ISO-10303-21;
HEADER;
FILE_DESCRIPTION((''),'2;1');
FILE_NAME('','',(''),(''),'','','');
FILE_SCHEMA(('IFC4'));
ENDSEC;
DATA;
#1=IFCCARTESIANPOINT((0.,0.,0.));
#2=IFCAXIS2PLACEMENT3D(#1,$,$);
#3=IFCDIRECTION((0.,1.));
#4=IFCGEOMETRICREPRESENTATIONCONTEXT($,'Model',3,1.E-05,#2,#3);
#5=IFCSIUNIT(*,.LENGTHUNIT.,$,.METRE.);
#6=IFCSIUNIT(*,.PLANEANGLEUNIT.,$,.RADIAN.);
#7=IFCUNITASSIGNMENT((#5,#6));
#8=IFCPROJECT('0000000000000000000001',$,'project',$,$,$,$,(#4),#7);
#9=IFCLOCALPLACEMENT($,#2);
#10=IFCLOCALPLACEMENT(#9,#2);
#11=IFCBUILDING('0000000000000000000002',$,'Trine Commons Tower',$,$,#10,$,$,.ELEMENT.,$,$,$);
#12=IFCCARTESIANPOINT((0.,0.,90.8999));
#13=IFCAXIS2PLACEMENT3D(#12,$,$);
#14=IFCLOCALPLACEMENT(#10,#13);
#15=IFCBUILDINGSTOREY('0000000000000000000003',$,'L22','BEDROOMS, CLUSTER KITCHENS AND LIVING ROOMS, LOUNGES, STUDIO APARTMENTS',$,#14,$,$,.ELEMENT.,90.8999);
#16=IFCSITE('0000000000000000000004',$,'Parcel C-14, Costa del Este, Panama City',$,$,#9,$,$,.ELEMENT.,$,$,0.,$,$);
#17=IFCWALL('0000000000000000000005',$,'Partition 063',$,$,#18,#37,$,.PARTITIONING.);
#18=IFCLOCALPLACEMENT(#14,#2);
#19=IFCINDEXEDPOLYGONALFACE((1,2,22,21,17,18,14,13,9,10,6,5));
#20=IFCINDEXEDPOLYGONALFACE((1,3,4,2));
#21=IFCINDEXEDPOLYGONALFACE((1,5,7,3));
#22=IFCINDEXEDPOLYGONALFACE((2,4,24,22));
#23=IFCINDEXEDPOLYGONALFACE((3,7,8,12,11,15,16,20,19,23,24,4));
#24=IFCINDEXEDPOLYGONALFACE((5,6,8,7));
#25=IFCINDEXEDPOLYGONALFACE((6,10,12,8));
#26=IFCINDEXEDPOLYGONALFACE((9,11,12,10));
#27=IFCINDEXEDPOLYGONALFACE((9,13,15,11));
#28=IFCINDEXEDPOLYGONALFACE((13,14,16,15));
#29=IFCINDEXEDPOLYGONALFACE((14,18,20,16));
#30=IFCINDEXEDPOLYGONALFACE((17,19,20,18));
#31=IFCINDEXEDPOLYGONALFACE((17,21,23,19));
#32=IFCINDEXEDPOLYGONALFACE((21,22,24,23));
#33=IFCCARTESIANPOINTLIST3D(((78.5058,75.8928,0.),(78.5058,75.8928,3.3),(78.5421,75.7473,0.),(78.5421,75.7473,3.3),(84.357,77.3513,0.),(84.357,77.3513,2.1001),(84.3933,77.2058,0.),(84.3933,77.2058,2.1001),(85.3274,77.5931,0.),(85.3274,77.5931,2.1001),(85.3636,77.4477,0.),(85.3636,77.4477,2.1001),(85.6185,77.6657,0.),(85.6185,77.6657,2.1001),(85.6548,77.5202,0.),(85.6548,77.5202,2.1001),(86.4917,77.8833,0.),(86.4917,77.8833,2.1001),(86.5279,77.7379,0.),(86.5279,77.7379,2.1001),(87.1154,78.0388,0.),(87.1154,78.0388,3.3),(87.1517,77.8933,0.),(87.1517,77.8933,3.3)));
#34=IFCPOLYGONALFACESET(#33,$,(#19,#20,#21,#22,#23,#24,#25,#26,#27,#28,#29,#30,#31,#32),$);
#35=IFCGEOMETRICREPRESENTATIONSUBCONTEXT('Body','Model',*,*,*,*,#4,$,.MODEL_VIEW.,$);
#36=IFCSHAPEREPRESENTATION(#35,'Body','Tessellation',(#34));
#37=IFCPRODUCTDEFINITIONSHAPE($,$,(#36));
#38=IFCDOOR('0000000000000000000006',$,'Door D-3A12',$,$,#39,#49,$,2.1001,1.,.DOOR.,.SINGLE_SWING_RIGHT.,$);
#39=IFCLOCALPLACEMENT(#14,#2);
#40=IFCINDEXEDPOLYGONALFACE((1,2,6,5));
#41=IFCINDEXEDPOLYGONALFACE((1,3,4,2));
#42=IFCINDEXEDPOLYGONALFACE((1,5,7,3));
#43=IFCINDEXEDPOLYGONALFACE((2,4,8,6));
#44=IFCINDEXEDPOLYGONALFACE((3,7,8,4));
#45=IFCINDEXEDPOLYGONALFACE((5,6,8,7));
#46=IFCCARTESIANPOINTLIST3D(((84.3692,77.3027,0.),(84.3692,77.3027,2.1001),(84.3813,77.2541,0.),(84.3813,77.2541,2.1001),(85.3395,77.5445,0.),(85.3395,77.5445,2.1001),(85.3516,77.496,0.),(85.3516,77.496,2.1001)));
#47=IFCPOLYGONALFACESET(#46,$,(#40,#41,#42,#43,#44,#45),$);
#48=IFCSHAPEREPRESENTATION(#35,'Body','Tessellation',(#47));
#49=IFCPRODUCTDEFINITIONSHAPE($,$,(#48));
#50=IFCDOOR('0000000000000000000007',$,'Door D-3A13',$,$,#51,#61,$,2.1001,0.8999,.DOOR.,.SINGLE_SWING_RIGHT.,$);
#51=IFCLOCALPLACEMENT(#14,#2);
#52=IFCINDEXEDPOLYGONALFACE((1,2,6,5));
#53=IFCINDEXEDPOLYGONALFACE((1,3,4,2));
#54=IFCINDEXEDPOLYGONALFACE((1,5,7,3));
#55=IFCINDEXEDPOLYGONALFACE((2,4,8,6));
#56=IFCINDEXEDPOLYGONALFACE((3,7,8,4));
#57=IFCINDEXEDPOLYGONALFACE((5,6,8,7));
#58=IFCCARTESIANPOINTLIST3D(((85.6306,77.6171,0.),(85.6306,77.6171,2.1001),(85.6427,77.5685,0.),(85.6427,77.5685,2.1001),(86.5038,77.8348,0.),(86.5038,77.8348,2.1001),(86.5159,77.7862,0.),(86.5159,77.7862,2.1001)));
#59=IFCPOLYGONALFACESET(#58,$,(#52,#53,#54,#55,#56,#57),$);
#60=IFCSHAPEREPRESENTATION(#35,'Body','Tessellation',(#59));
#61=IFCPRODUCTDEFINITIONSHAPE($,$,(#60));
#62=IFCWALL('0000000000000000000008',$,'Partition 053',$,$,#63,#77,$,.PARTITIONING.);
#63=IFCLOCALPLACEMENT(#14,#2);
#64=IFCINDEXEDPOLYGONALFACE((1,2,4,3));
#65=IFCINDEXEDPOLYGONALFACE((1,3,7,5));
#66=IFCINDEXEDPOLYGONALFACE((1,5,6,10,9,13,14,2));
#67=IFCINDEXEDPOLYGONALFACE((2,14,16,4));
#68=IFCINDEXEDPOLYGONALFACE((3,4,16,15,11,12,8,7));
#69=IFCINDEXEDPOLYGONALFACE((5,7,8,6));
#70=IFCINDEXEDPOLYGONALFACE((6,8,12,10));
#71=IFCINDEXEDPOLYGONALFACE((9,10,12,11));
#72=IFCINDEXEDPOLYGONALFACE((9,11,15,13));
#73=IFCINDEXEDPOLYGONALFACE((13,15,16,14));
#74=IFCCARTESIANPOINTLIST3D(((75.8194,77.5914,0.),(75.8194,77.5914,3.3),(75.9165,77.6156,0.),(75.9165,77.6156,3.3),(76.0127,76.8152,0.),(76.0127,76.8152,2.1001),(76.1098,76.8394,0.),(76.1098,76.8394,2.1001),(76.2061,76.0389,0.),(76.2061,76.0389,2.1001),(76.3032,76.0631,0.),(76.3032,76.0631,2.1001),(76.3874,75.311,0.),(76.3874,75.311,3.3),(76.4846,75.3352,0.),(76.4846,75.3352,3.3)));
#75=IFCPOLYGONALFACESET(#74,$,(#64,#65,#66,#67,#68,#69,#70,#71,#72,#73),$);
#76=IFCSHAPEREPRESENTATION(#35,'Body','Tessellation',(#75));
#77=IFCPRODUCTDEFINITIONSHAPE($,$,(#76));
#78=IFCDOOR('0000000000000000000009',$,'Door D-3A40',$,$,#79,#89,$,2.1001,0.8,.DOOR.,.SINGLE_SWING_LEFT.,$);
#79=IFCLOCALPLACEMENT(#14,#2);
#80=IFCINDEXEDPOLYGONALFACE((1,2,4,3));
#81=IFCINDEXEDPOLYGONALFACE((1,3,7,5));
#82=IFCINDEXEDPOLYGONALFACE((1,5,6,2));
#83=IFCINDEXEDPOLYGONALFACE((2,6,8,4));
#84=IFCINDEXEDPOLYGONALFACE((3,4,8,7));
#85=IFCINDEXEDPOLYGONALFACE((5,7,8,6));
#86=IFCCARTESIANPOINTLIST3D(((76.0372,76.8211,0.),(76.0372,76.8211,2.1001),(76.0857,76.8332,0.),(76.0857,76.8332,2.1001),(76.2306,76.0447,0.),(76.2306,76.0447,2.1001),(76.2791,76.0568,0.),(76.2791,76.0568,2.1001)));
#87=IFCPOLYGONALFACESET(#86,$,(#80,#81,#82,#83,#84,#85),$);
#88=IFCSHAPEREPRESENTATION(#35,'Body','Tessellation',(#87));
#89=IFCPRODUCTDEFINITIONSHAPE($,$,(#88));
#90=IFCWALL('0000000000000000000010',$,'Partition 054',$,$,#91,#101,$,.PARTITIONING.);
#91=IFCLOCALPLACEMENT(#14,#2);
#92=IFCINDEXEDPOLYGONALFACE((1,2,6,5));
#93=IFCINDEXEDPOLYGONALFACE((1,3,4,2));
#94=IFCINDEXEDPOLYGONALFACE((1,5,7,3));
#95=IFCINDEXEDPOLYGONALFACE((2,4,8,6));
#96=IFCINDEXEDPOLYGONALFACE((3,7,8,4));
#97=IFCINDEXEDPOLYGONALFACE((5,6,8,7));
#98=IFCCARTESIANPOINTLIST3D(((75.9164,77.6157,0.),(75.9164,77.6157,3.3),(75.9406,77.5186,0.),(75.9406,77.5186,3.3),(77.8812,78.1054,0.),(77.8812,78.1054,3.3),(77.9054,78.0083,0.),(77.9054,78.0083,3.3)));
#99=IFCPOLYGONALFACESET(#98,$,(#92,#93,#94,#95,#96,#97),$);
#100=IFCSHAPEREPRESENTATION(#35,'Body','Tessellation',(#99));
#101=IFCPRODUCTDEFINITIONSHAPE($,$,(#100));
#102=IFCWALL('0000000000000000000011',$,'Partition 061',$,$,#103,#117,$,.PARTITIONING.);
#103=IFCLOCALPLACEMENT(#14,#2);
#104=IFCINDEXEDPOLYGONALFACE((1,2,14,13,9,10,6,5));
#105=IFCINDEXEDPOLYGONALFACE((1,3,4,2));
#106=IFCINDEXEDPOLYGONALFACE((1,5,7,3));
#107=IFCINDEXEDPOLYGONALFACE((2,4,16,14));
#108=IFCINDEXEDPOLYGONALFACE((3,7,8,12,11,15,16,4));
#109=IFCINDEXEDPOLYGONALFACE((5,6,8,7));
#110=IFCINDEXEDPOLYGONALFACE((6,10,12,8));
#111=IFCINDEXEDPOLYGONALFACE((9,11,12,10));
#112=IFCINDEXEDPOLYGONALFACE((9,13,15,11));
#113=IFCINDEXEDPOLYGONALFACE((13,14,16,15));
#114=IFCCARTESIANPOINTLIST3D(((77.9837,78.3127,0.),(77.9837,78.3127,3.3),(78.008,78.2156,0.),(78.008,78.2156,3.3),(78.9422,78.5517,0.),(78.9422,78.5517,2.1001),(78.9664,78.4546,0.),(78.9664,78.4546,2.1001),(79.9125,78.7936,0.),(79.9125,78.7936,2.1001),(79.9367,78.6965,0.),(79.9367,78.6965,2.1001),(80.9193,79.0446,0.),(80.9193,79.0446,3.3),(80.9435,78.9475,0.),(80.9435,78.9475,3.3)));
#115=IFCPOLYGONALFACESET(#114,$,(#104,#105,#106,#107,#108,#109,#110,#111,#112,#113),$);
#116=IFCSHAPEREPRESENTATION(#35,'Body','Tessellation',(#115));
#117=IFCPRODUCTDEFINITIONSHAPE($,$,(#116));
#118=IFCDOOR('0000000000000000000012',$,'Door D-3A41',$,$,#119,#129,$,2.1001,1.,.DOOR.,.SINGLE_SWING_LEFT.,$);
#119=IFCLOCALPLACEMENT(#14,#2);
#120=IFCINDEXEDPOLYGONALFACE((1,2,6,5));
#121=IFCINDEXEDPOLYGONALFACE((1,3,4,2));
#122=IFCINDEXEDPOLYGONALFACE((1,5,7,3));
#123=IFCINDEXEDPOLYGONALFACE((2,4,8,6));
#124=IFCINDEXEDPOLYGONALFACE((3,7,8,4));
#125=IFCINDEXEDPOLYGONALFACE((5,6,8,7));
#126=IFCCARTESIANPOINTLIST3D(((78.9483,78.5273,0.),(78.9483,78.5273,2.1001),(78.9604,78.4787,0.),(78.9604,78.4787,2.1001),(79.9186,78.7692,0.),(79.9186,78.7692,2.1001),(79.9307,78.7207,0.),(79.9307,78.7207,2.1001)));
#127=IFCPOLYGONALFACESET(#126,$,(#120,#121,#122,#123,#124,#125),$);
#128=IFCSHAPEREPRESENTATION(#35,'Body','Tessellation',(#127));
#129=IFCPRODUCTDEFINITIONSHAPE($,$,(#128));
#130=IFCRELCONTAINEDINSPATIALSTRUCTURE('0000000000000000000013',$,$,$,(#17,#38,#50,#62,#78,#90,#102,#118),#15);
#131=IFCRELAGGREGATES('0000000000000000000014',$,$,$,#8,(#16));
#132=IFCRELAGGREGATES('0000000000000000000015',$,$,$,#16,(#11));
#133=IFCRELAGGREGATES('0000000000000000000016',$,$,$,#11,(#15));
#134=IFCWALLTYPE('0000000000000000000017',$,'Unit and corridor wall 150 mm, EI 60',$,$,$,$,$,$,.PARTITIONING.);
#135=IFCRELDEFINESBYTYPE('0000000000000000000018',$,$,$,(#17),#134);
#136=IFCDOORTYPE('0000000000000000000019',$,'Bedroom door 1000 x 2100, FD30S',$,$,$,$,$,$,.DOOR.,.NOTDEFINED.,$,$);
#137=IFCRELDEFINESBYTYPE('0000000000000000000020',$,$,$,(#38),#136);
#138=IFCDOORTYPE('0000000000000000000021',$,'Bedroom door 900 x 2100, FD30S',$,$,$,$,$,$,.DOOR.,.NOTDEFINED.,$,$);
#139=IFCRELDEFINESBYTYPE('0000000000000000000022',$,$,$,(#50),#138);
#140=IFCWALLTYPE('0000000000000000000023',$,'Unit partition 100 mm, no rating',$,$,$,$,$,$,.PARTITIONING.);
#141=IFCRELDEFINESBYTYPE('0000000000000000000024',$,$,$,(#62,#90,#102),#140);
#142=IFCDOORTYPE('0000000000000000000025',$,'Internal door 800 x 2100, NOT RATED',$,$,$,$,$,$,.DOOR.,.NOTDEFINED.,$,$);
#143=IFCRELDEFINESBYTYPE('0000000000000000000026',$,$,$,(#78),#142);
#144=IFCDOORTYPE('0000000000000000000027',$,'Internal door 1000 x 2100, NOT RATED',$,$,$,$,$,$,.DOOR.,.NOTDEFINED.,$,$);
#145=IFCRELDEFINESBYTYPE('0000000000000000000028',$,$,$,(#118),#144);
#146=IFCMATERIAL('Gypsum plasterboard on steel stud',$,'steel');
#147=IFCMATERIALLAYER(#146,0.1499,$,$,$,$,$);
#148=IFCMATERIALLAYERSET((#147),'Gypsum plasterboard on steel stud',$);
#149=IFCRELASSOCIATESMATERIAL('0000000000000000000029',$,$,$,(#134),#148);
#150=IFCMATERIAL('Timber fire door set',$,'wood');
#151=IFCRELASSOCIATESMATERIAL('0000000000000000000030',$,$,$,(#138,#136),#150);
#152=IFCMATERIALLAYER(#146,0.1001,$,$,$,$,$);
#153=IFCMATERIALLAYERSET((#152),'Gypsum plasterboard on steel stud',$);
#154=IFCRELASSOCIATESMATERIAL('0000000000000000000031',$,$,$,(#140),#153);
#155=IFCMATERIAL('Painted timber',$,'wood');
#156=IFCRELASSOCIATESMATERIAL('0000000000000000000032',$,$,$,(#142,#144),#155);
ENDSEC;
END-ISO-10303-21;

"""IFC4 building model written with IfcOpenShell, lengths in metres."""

from ifc_helpers import new_model, si_unit, direction, frame, frame_2d, origin, place, context, subcontext, project, spatial, rectangle, extrude, material, layer, layer_set, type_object, element, fill, save


model = new_model("IFC4")

# Units and contexts
model_context = context("Model", 3, precision=1e-05, world=origin(), true_north=direction((0.0, 1.0)))
body_context = subcontext(model_context, "Body", "Model", "MODEL_VIEW")
ifc_project = project(units=[si_unit("LENGTHUNIT", "METRE"), si_unit("PLANEANGLEUNIT", "RADIAN")], contexts=[model_context])

# Site, building, storey
site_placement = place(None, origin())
site = spatial("IfcSite", under=ifc_project, at=site_placement, Name="Parcel C-14, Costa del Este, Panama City", CompositionType="ELEMENT", RefElevation=0.0)
building_placement = place(site_placement, origin())
building = spatial("IfcBuilding", under=site, at=building_placement, Name="Trine Commons Tower", CompositionType="ELEMENT")
storey_placement = place(building_placement, frame((0.0, 0.0, 90.8999)))
storey = spatial("IfcBuildingStorey", under=building, at=storey_placement, Name="L22", Description="BEDROOMS, CLUSTER KITCHENS AND LIVING ROOMS, LOUNGES, STUDIO APARTMENTS", CompositionType="ELEMENT", Elevation=90.8999)

# Shared definitions
ifc_material_1 = material(Name="Gypsum plasterboard on steel stud", Category="steel")
ifc_layer_1 = layer(ifc_material_1, 0.1499)
ifc_layer_set_1 = layer_set([ifc_layer_1], Name="Gypsum plasterboard on steel stud")
wall_type_1 = type_object("IfcWallType", Name="Unit and corridor wall 150 mm, EI 60", PredefinedType="PARTITIONING", material=ifc_layer_set_1)
ifc_material_2 = material(Name="Timber fire door set", Category="wood")
door_type_1 = type_object("IfcDoorType", Name="Bedroom door 900 x 2100, FD30S", OperationType="NOTDEFINED", PredefinedType="DOOR", material=ifc_material_2)

# Wall, openings, doors
wall_1_placement = place(storey_placement, frame((78.5239, 75.8201, 0.0), z_axis=(0.0, 0.0, 1.0), x_axis=(0.970312, 0.241856, 0.0)))
wall_1 = element("IfcWall", 1, at=wall_1_placement, inside=storey, type_object=wall_type_1, Name="Partition 063", PredefinedType="PARTITIONING", context=body_context, shape_type="SweptSolid", body=[
    extrude(rectangle(XDim=8.873, YDim=0.1499, at=frame_2d((4.4365, 0.0))), origin(), (0.0, 0.0, 1.0), 3.3),
])
opening_1_placement = place(wall_1_placement, frame((6.0303, 0.0, 0.0)))
opening_1 = element("IfcOpeningElement", 2, at=opening_1_placement, cuts=wall_1, PredefinedType="OPENING", context=body_context, shape_type="SweptSolid", body=[
    extrude(rectangle(XDim=1.0, YDim=2.1001, at=frame_2d((0.5, 1.05))), frame((0.0, 0.085, 0.0), z_axis=(0.0, -1.0, 0.0), x_axis=(1.0, 0.0, 0.0)), (0.0, 0.0, 1.0), 0.1699),
])
opening_2_placement = place(wall_1_placement, frame((7.3303, 0.0, 0.0)))
opening_2 = element("IfcOpeningElement", 3, at=opening_2_placement, cuts=wall_1, PredefinedType="OPENING", context=body_context, shape_type="SweptSolid", body=[
    extrude(rectangle(XDim=0.8999, YDim=2.1001, at=frame_2d((0.45, 1.05))), frame((0.0, 0.085, 0.0), z_axis=(0.0, -1.0, 0.0), x_axis=(1.0, 0.0, 0.0)), (0.0, 0.0, 1.0), 0.1699),
])
door_type_2 = type_object("IfcDoorType", Name="Bedroom door 1000 x 2100, FD30S", OperationType="NOTDEFINED", PredefinedType="DOOR", material=ifc_material_2)
door_1_placement = place(opening_1_placement, origin())
door_1 = element("IfcDoor", 4, at=door_1_placement, inside=storey, type_object=door_type_2, Name="Door D-3A12", OperationType="SINGLE_SWING_RIGHT", OverallHeight=2.1001, OverallWidth=1.0, PredefinedType="DOOR", context=body_context, shape_type="SweptSolid", body=[
    extrude(rectangle(XDim=1.0, YDim=2.1001, at=frame_2d((0.5, 1.05))), frame((0.0, 0.0249, 0.0), z_axis=(0.0, -1.0, 0.0), x_axis=(1.0, 0.0, 0.0)), (0.0, 0.0, 1.0), 0.05),
])
fill(opening_1, door_1)
door_2_placement = place(opening_2_placement, origin())
door_2 = element("IfcDoor", 5, at=door_2_placement, inside=storey, type_object=door_type_1, Name="Door D-3A13", OperationType="SINGLE_SWING_RIGHT", OverallHeight=2.1001, OverallWidth=0.8999, PredefinedType="DOOR", context=body_context, shape_type="SweptSolid", body=[
    extrude(rectangle(XDim=0.8999, YDim=2.1001, at=frame_2d((0.45, 1.05))), frame((0.0, 0.0249, 0.0), z_axis=(0.0, -1.0, 0.0), x_axis=(1.0, 0.0, 0.0)), (0.0, 0.0, 1.0), 0.05),
])
fill(opening_2, door_2)

# Wall, opening, door
ifc_layer_2 = layer(ifc_material_1, 0.1001)
ifc_layer_set_2 = layer_set([ifc_layer_2], Name="Gypsum plasterboard on steel stud")
wall_type_2 = type_object("IfcWallType", Name="Unit partition 100 mm, no rating", PredefinedType="PARTITIONING", material=ifc_layer_set_2)
wall_2_placement = place(storey_placement, frame((75.8679, 77.6035, 0.0), z_axis=(0.0, 0.0, 1.0), x_axis=(0.241729, -0.970344, 0.0)))
wall_2 = element("IfcWall", 6, at=wall_2_placement, inside=storey, type_object=wall_type_2, Name="Partition 053", PredefinedType="PARTITIONING", context=body_context, shape_type="SweptSolid", body=[
    extrude(rectangle(XDim=2.3501, YDim=0.1001, at=frame_2d((1.175, 0.0))), origin(), (0.0, 0.0, 1.0), 3.3),
])
opening_3_placement = place(wall_2_placement, frame((0.8, 0.0, 0.0)))
opening_3 = element("IfcOpeningElement", 7, at=opening_3_placement, cuts=wall_2, PredefinedType="OPENING", context=body_context, shape_type="SweptSolid", body=[
    extrude(rectangle(XDim=0.8, YDim=2.1001, at=frame_2d((0.3999, 1.05))), frame((0.0, 0.0601, 0.0), z_axis=(0.0, -1.0, 0.0), x_axis=(1.0, 0.0, 0.0)), (0.0, 0.0, 1.0), 0.1201),
])
ifc_material_3 = material(Name="Painted timber", Category="wood")
door_type_3 = type_object("IfcDoorType", Name="Internal door 800 x 2100, NOT RATED", OperationType="NOTDEFINED", PredefinedType="DOOR", material=ifc_material_3)
door_3_placement = place(opening_3_placement, frame((0.8, 0.0, 0.0), z_axis=(0.0, 0.0, 1.0), x_axis=(-1.0, 0.0, 0.0)))
door_3 = element("IfcDoor", 8, at=door_3_placement, inside=storey, type_object=door_type_3, Name="Door D-3A40", OperationType="SINGLE_SWING_LEFT", OverallHeight=2.1001, OverallWidth=0.8, PredefinedType="DOOR", context=body_context, shape_type="SweptSolid", body=[
    extrude(rectangle(XDim=0.8, YDim=2.1001, at=frame_2d((0.3999, 1.05))), frame((0.0, 0.0249, 0.0), z_axis=(0.0, -1.0, 0.0), x_axis=(1.0, 0.0, 0.0)), (0.0, 0.0, 1.0), 0.05),
])
fill(opening_3, door_3)

# Wall
wall_3_placement = place(storey_placement, frame((75.9285, 77.5671, 0.0), z_axis=(0.0, 0.0, 1.0), x_axis=(0.970312, 0.241855, 0.0)))
element("IfcWall", 9, at=wall_3_placement, inside=storey, type_object=wall_type_2, Name="Partition 054", PredefinedType="PARTITIONING", context=body_context, shape_type="SweptSolid", body=[
    extrude(rectangle(XDim=2.0249, YDim=0.1001, at=frame_2d((1.0125, 0.0))), origin(), (0.0, 0.0, 1.0), 3.3),
])

# Wall, opening, door
wall_4_placement = place(storey_placement, frame((77.9958, 78.2642, 0.0), z_axis=(0.0, 0.0, 1.0), x_axis=(0.970294, 0.241928, 0.0)))
wall_4 = element("IfcWall", 10, at=wall_4_placement, inside=storey, type_object=wall_type_2, Name="Partition 061", PredefinedType="PARTITIONING", context=body_context, shape_type="SweptSolid", body=[
    extrude(rectangle(XDim=3.0254, YDim=0.1001, at=frame_2d((1.5127, 0.0))), origin(), (0.0, 0.0, 1.0), 3.3),
])
opening_4_placement = place(wall_4_placement, frame((0.9878, 0.0, 0.0)))
opening_4 = element("IfcOpeningElement", 11, at=opening_4_placement, cuts=wall_4, PredefinedType="OPENING", context=body_context, shape_type="SweptSolid", body=[
    extrude(rectangle(XDim=1.0, YDim=2.1001, at=frame_2d((0.5, 1.05))), frame((0.0, 0.0601, 0.0), z_axis=(0.0, -1.0, 0.0), x_axis=(1.0, 0.0, 0.0)), (0.0, 0.0, 1.0), 0.1201),
])
door_type_4 = type_object("IfcDoorType", Name="Internal door 1000 x 2100, NOT RATED", OperationType="NOTDEFINED", PredefinedType="DOOR", material=ifc_material_3)
door_4_placement = place(opening_4_placement, origin())
door_4 = element("IfcDoor", 12, at=door_4_placement, inside=storey, type_object=door_type_4, Name="Door D-3A41", OperationType="SINGLE_SWING_LEFT", OverallHeight=2.1001, OverallWidth=1.0, PredefinedType="DOOR", context=body_context, shape_type="SweptSolid", body=[
    extrude(rectangle(XDim=1.0, YDim=2.1001, at=frame_2d((0.5, 1.05))), frame((0.0, 0.0249, 0.0), z_axis=(0.0, -1.0, 0.0), x_axis=(1.0, 0.0, 0.0)), (0.0, 0.0, 1.0), 0.05),
])
fill(opening_4, door_4)

save(model, "model.ifc")
